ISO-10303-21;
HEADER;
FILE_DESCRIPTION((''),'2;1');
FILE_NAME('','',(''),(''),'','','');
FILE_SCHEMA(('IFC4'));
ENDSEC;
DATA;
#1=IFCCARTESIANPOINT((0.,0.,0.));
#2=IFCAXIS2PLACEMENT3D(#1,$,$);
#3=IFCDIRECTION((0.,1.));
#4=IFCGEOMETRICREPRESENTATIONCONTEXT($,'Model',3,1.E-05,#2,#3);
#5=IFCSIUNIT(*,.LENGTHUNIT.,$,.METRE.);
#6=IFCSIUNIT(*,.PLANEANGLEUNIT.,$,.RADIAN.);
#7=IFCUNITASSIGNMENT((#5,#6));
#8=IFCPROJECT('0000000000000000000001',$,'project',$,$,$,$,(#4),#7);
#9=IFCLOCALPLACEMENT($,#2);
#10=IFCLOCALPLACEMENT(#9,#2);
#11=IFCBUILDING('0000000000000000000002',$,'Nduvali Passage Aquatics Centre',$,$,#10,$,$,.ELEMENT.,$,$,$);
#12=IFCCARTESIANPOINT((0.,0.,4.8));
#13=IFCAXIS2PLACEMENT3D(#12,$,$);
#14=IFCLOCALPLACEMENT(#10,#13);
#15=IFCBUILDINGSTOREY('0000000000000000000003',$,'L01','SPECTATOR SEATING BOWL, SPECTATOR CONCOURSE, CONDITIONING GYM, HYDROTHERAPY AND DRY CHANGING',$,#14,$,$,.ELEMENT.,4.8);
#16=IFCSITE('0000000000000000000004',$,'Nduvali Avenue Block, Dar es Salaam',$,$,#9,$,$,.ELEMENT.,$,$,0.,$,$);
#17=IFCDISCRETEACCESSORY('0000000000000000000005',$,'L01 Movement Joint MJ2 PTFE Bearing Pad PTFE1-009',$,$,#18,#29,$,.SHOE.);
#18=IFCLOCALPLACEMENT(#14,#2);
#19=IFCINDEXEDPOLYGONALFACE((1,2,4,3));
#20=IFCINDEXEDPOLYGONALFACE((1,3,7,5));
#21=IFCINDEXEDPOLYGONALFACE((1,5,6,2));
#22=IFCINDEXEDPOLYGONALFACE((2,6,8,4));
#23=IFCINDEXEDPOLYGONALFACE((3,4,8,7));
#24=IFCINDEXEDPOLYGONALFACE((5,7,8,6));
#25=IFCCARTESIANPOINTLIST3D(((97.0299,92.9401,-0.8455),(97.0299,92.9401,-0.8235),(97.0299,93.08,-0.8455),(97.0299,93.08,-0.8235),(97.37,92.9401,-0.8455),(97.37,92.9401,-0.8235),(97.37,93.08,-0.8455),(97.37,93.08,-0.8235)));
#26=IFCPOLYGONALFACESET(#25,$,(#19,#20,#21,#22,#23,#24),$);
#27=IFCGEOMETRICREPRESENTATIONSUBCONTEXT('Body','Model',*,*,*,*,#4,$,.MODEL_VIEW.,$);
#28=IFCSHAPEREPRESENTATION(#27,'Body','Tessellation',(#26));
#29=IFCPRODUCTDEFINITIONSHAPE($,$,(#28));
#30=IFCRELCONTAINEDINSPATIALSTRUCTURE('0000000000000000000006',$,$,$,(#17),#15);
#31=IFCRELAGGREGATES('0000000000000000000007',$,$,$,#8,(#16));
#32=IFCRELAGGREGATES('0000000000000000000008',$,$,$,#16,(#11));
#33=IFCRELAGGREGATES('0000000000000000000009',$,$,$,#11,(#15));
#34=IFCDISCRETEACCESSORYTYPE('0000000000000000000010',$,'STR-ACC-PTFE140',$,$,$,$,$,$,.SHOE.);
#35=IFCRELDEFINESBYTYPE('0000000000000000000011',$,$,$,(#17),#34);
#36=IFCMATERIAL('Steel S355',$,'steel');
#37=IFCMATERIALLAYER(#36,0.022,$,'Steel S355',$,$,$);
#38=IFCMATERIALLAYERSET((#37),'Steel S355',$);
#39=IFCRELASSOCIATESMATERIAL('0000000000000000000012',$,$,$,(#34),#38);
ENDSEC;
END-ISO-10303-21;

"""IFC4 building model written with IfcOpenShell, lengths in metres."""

from ifc_helpers import new_model, si_unit, direction, frame, origin, origin_2d, place, context, subcontext, project, spatial, rectangle, extrude, material, layer, layer_set, type_object, element, save


model = new_model("IFC4")

# Units and contexts
model_context = context("Model", 3, precision=1e-05, world=origin(), true_north=direction((0.0, 1.0)))
body_context = subcontext(model_context, "Body", "Model", "MODEL_VIEW")
ifc_project = project(units=[si_unit("LENGTHUNIT", "METRE"), si_unit("PLANEANGLEUNIT", "RADIAN")], contexts=[model_context])

# Site, building, storey
site_placement = place(None, origin())
site = spatial("IfcSite", under=ifc_project, at=site_placement, Name="Nduvali Avenue Block, Dar es Salaam", CompositionType="ELEMENT", RefElevation=0.0)
building_placement = place(site_placement, origin())
building = spatial("IfcBuilding", under=site, at=building_placement, Name="Nduvali Passage Aquatics Centre", CompositionType="ELEMENT")
storey_placement = place(building_placement, frame((0.0, 0.0, 4.8)))
storey = spatial("IfcBuildingStorey", under=building, at=storey_placement, Name="L01", Description="SPECTATOR SEATING BOWL, SPECTATOR CONCOURSE, CONDITIONING GYM, HYDROTHERAPY AND DRY CHANGING", CompositionType="ELEMENT", Elevation=4.8)

# Shared definitions
ifc_material_1 = material(Name="Steel S355", Category="steel")

# Discrete accessory
ifc_layer_1 = layer(ifc_material_1, 0.022, Name="Steel S355")
ifc_layer_set_1 = layer_set([ifc_layer_1], Name="Steel S355")
discrete_accessory_type_1 = type_object("IfcDiscreteAccessoryType", Name="STR-ACC-PTFE140", PredefinedType="SHOE", material=ifc_layer_set_1)
discrete_accessory_1_placement = place(storey_placement, frame((97.2, 93.01, -0.8455), z_axis=(0.0, 0.0, 1.0), x_axis=(0.0, 1.0, 0.0)))
element("IfcDiscreteAccessory", 1, at=discrete_accessory_1_placement, inside=storey, type_object=discrete_accessory_type_1, Name="L01 Movement Joint MJ2 PTFE Bearing Pad PTFE1-009", PredefinedType="SHOE", context=body_context, shape_type="SweptSolid", body=[
    extrude(rectangle(XDim=0.1399, YDim=0.3401, at=origin_2d()), origin(), (0.0, 0.0, 1.0), 0.022),
])

save(model, "model.ifc")
